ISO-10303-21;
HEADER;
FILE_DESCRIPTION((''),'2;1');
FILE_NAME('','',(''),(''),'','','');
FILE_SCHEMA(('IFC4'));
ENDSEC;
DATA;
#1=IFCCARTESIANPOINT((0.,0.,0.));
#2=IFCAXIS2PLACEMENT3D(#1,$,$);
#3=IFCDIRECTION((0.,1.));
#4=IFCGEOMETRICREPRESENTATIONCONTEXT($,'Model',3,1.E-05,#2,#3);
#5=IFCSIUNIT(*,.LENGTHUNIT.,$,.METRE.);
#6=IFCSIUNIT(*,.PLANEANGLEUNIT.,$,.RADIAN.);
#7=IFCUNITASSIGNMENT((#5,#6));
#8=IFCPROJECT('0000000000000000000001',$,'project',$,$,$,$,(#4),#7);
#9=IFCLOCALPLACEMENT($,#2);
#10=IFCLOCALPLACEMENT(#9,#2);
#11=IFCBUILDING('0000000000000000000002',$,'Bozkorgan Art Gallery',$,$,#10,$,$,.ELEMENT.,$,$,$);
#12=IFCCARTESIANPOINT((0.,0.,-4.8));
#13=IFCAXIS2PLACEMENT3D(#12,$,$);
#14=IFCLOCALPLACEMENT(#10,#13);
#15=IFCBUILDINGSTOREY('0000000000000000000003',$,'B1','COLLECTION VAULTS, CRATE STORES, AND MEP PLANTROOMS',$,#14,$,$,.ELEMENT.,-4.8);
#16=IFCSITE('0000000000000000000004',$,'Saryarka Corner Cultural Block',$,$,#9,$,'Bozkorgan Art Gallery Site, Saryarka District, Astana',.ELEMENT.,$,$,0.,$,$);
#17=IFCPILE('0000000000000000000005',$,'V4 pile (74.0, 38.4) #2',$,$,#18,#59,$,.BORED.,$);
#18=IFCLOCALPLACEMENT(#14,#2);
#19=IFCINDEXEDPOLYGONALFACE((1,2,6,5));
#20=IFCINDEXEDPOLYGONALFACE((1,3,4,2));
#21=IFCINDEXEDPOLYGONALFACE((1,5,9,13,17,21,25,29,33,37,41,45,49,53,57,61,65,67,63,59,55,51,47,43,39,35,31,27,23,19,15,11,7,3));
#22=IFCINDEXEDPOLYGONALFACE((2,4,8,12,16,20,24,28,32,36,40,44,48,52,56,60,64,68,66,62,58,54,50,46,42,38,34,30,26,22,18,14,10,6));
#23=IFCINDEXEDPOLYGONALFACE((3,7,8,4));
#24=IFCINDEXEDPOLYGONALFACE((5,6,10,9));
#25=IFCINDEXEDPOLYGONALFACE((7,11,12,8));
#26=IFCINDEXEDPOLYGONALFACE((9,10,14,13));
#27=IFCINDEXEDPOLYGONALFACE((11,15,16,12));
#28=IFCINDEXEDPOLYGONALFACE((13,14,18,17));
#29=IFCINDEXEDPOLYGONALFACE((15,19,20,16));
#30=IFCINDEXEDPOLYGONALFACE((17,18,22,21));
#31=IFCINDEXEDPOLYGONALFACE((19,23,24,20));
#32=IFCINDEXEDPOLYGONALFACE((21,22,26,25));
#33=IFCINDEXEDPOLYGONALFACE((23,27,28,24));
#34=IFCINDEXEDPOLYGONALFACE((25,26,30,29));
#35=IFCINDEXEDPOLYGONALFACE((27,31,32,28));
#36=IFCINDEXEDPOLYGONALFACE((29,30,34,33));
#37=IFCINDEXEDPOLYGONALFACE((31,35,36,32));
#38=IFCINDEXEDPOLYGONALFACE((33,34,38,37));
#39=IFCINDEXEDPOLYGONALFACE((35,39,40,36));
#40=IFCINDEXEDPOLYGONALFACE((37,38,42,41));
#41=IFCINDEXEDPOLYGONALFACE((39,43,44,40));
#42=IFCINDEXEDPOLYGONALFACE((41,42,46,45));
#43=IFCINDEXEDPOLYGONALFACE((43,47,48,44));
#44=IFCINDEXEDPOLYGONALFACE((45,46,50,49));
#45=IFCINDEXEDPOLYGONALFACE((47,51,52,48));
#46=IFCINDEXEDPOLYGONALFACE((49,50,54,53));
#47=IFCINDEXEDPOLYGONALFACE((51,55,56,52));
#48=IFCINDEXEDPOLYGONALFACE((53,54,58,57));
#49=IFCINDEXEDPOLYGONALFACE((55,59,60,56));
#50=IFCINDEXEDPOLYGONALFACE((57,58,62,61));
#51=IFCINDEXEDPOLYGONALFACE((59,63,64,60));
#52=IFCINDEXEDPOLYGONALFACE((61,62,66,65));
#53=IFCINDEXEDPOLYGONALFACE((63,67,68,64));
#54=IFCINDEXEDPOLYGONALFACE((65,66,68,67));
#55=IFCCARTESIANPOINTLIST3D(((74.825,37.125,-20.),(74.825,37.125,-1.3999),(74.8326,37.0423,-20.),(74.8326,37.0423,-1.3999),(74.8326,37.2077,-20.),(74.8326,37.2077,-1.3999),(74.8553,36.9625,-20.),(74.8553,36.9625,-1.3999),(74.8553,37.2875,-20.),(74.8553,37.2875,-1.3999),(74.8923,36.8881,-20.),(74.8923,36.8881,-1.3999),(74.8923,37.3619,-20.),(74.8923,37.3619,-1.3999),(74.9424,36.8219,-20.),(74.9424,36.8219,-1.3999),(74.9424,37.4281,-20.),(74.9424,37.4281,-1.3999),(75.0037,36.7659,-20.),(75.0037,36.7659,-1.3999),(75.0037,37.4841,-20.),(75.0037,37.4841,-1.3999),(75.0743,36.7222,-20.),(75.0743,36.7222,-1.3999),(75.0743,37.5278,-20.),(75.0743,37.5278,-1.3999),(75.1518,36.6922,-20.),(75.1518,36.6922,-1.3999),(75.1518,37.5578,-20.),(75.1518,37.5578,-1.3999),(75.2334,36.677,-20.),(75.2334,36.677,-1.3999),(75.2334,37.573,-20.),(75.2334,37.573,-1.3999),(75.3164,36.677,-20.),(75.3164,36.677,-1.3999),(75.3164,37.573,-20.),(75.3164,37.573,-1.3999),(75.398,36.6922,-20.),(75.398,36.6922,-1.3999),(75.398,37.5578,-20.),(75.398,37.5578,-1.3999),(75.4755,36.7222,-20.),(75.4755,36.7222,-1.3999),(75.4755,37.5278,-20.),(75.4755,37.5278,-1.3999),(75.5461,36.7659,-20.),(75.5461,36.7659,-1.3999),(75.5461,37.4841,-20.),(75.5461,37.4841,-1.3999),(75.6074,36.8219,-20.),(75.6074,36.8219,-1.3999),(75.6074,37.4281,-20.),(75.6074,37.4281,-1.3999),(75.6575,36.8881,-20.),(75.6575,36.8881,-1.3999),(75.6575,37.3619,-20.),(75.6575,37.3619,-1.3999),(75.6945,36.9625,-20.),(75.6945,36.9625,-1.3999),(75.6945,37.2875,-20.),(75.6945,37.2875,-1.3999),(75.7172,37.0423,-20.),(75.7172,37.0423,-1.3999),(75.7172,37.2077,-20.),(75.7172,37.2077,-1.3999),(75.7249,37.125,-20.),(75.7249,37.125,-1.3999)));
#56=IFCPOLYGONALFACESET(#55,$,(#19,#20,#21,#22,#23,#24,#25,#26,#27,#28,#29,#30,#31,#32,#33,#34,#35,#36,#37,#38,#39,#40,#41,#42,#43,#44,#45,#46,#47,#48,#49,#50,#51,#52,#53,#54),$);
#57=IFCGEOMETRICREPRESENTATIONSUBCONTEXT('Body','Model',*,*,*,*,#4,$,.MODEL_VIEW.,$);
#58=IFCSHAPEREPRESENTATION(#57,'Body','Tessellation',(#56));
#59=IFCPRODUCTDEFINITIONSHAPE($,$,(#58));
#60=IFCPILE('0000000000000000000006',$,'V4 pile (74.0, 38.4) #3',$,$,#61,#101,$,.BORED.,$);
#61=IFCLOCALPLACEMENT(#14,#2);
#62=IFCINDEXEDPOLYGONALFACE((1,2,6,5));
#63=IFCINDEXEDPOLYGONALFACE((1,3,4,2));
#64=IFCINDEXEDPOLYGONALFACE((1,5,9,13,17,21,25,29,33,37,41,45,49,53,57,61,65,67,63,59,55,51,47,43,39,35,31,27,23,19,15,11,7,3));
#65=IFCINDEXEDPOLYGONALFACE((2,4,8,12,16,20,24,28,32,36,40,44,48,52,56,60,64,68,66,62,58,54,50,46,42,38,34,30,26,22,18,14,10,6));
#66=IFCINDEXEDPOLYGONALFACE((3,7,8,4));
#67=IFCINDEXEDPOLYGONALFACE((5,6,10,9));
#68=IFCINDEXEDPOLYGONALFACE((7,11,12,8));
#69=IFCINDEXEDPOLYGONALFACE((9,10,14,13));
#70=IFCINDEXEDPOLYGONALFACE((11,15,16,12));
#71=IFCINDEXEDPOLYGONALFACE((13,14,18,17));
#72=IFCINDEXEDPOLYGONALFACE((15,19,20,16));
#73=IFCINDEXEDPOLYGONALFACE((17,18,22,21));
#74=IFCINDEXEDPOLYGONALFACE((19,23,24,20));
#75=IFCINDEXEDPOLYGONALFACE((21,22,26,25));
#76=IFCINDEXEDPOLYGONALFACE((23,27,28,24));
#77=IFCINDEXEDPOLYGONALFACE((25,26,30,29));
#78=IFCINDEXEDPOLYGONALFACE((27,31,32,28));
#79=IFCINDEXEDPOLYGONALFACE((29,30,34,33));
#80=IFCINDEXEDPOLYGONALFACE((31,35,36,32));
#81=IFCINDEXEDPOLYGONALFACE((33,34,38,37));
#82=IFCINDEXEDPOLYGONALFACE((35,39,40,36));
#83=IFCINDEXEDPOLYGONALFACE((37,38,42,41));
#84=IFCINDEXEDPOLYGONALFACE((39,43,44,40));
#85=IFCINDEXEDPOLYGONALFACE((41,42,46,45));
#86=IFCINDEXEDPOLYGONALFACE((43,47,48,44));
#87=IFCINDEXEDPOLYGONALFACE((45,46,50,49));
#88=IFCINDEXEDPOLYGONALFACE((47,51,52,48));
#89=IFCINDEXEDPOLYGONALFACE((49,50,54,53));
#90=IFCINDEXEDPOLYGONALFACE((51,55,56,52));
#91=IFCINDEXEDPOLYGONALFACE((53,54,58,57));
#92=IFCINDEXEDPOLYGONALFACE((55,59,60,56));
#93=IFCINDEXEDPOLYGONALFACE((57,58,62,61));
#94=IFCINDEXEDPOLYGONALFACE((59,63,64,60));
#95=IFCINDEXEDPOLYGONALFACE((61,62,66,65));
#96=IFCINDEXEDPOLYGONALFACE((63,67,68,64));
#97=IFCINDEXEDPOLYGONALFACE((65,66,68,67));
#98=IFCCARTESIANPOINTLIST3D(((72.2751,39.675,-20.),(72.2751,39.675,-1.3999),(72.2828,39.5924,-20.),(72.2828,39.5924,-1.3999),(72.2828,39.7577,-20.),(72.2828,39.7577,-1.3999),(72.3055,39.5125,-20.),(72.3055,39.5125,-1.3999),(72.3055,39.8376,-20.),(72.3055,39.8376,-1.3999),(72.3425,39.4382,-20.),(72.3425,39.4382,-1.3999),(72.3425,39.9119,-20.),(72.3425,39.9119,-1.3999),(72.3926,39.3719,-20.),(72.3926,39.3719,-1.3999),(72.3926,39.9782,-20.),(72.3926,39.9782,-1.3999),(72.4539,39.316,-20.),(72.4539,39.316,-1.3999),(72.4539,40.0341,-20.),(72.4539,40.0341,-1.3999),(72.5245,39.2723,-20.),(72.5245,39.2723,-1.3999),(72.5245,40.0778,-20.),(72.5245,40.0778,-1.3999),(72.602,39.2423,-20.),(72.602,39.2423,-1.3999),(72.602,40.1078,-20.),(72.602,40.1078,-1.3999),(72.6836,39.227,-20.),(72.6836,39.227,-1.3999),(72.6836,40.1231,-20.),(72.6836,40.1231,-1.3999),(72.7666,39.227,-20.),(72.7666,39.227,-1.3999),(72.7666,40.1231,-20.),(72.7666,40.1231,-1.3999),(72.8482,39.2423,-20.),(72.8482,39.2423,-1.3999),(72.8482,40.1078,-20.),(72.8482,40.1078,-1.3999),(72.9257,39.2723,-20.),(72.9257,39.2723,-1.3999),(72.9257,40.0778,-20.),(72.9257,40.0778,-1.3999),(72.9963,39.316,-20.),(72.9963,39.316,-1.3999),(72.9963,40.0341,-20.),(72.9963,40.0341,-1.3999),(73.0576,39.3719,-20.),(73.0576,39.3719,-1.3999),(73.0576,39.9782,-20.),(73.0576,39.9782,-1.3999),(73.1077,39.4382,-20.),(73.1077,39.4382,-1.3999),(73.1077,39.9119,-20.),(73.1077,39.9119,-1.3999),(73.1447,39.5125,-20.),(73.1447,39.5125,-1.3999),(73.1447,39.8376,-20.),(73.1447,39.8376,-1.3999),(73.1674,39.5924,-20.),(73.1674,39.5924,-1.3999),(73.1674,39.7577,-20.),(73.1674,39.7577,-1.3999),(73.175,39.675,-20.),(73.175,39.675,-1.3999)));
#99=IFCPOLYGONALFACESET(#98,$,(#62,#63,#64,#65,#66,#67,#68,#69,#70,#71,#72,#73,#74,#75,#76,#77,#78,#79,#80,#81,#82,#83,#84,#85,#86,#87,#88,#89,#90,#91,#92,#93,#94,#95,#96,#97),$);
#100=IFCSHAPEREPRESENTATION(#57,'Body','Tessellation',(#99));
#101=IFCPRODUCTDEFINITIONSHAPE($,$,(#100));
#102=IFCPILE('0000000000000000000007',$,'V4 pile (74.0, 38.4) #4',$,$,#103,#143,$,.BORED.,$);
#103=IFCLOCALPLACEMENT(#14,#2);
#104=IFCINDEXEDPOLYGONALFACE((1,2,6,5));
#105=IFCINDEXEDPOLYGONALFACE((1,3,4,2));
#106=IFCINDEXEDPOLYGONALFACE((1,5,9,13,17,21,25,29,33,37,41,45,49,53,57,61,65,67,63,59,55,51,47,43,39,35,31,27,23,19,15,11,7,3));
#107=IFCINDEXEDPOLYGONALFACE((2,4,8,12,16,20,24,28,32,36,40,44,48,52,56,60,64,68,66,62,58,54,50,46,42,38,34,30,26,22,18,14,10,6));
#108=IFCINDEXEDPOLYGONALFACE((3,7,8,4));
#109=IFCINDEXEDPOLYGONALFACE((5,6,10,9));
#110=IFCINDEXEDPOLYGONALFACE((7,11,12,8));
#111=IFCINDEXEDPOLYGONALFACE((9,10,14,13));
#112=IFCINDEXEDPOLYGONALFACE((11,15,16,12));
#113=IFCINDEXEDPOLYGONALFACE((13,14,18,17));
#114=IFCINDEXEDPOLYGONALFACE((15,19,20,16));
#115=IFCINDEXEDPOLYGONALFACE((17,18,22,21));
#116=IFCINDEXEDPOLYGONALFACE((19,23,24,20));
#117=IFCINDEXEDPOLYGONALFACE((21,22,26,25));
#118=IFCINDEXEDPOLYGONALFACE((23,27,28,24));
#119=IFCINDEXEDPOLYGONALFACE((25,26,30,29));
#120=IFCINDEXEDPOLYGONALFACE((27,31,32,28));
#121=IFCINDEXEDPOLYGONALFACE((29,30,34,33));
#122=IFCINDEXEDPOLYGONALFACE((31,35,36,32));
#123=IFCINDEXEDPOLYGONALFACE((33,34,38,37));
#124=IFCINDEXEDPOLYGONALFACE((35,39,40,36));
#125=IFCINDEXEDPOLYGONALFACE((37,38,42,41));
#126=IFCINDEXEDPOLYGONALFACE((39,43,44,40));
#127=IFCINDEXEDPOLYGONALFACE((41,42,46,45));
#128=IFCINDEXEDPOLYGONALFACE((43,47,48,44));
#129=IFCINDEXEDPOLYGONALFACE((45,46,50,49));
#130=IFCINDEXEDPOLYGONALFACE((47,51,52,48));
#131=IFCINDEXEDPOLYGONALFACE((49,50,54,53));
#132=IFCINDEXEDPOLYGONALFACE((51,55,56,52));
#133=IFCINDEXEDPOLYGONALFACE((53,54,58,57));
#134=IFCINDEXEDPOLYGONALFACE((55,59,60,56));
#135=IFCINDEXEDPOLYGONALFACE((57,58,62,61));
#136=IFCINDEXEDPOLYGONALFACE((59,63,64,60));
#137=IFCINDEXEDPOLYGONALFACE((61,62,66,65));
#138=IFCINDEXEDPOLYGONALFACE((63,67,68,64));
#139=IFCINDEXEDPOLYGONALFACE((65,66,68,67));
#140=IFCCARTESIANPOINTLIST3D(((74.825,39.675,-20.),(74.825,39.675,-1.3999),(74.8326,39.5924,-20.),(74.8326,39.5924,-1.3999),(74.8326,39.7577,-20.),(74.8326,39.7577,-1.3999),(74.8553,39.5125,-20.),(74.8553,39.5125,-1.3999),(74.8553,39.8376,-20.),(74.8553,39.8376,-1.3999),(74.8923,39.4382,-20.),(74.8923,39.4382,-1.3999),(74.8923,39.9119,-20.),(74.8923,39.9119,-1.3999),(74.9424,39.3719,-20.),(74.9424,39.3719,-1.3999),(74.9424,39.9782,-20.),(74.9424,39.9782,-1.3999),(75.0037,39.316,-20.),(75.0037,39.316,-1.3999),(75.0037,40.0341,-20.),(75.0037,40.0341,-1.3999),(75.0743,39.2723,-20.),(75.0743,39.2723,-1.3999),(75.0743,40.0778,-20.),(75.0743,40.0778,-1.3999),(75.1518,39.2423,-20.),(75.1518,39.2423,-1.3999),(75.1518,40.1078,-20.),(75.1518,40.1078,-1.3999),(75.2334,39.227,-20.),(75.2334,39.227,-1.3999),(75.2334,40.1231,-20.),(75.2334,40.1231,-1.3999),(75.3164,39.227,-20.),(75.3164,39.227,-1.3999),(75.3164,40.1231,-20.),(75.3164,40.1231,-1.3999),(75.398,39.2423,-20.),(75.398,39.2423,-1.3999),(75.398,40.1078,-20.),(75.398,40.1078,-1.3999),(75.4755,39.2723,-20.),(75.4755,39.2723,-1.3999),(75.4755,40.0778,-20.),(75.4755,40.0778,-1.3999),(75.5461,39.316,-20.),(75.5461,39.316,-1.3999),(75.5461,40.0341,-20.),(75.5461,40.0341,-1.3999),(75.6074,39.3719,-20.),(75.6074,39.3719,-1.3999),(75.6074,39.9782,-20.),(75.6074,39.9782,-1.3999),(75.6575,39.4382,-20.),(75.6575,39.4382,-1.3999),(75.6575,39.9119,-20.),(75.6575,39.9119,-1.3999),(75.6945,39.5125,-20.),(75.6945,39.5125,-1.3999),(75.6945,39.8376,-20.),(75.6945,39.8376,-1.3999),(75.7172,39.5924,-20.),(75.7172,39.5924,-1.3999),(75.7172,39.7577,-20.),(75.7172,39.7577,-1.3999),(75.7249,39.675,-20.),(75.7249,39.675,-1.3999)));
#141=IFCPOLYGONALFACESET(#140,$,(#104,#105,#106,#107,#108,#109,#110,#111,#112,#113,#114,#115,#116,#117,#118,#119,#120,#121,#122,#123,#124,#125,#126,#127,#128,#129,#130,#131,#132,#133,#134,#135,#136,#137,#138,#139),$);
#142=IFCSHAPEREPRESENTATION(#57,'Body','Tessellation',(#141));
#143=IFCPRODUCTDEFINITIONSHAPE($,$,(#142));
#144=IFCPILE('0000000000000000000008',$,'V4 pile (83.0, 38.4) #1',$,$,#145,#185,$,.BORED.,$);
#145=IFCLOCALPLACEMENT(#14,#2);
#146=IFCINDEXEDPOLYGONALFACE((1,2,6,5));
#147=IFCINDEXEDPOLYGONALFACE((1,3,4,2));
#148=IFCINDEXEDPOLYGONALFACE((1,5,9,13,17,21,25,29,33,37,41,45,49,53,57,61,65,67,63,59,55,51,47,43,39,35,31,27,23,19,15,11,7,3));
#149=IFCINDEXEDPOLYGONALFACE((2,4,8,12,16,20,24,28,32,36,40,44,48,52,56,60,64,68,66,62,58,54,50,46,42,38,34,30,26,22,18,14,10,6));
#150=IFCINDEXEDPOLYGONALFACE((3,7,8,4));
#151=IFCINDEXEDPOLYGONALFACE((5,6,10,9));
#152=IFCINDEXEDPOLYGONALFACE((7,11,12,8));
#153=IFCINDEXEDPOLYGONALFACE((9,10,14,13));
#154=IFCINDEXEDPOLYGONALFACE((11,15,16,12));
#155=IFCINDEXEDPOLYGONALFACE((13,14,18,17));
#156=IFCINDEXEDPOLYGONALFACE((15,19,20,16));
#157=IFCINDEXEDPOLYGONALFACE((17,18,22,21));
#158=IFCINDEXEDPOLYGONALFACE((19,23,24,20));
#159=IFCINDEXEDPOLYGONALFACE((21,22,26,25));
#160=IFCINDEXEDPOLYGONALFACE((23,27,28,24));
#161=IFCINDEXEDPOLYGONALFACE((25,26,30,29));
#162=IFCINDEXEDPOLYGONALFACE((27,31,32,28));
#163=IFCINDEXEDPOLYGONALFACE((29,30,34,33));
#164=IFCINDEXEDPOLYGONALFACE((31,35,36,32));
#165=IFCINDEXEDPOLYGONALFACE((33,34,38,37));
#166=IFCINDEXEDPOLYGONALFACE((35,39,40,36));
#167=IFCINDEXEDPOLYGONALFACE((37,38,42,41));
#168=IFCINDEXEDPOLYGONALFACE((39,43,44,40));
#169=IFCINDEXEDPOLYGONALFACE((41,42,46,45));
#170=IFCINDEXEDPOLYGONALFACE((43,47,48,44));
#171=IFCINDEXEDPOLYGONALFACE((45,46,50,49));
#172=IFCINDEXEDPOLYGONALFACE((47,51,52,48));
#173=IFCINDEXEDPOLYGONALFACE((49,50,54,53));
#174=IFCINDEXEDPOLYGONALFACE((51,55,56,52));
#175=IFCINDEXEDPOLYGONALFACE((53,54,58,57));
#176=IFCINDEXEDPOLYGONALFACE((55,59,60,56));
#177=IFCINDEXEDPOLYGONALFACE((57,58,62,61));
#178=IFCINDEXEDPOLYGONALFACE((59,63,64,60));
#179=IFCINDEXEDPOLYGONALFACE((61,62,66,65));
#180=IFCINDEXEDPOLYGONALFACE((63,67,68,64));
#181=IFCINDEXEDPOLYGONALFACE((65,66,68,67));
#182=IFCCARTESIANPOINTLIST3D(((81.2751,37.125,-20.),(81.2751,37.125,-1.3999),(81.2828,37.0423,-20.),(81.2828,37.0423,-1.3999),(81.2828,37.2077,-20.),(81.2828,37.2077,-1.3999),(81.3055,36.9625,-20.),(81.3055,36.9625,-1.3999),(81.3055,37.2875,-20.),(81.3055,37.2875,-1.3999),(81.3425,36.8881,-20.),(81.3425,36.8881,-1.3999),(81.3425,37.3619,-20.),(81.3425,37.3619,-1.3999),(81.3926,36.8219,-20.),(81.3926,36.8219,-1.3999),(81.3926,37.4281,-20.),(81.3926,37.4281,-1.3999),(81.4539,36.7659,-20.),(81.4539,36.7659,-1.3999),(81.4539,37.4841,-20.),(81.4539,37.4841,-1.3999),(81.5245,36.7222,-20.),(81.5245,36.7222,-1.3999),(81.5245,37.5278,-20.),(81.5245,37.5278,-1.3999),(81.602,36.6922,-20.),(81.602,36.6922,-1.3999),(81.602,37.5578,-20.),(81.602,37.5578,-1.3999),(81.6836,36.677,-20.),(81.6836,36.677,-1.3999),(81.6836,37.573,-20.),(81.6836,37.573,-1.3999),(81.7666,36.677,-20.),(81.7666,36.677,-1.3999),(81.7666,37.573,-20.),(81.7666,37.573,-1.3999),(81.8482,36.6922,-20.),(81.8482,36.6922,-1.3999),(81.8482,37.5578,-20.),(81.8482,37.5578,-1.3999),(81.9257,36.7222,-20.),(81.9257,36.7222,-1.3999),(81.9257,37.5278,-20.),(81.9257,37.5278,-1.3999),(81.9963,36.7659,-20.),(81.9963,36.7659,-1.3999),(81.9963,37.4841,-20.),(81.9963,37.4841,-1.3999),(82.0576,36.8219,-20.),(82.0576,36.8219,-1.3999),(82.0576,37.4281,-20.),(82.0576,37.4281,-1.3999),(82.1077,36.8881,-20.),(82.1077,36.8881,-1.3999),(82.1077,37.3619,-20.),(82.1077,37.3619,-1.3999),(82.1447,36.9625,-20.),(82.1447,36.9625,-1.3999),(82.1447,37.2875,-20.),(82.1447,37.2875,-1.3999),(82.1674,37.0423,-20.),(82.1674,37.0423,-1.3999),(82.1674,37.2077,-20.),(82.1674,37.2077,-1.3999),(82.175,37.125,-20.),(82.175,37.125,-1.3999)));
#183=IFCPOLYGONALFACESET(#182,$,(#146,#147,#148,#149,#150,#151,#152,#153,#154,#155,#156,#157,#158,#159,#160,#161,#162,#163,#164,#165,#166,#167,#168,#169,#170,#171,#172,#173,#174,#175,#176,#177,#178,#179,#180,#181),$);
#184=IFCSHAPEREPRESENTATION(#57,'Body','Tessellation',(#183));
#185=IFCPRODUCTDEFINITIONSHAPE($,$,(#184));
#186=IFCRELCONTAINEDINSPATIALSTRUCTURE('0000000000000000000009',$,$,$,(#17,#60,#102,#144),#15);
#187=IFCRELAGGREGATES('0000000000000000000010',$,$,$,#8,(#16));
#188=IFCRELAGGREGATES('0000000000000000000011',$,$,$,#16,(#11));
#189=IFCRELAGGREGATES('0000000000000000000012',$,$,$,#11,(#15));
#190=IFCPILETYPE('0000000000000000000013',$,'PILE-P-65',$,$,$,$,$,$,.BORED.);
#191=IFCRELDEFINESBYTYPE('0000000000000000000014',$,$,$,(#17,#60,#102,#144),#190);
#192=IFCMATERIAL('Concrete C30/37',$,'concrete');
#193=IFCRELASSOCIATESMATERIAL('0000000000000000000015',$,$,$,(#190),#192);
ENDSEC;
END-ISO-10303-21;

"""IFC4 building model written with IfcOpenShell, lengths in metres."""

from ifc_helpers import new_model, si_unit, direction, frame, origin, origin_2d, place, context, subcontext, project, spatial, circle, extrude, material, material_profile, profile_set, type_object, element, save


model = new_model("IFC4")

# Units and contexts
model_context = context("Model", 3, precision=1e-05, world=origin(), true_north=direction((0.0, 1.0)))
body_context = subcontext(model_context, "Body", "Model", "MODEL_VIEW")
ifc_project = project(units=[si_unit("LENGTHUNIT", "METRE"), si_unit("PLANEANGLEUNIT", "RADIAN")], contexts=[model_context])

# Site, building, storey
site_placement = place(None, origin())
site = spatial("IfcSite", under=ifc_project, at=site_placement, Name="Saryarka Corner Cultural Block", LongName="Bozkorgan Art Gallery Site, Saryarka District, Astana", CompositionType="ELEMENT", RefElevation=0.0)
building_placement = place(site_placement, origin())
building = spatial("IfcBuilding", under=site, at=building_placement, Name="Bozkorgan Art Gallery", CompositionType="ELEMENT")
storey_placement = place(building_placement, frame((0.0, 0.0, -4.8)))
storey = spatial("IfcBuildingStorey", under=building, at=storey_placement, Name="B1", Description="COLLECTION VAULTS, CRATE STORES, AND MEP PLANTROOMS", CompositionType="ELEMENT", Elevation=-4.8)

# Shared definitions
ifc_material_1 = material(Name="Concrete C30/37", Category="concrete")

# Piles
ifc_material_profile_1 = material_profile(ifc_material_1, circle(Radius=0.45, at=origin_2d()), Name="PILE D900")
ifc_profile_set_1 = profile_set([ifc_material_profile_1], Name="Concrete C30/37")
pile_type_1 = type_object("IfcPileType", Name="PILE-P-65", PredefinedType="BORED", material=ifc_profile_set_1)
for number, where, z_axis, x_axis, name in (
    (1, (75.2749, 37.125, -1.3999), (0.0, 0.0, -1.0), (1.0, 0.0, 0.0), "V4 pile (74.0, 38.4) #2"),
    (2, (72.7251, 39.675, -1.3999), (0.0, 0.0, -1.0), (1.0, 0.0, 0.0), "V4 pile (74.0, 38.4) #3"),
    (3, (75.2749, 39.675, -1.3999), (0.0, 0.0, -1.0), (1.0, 0.0, 0.0), "V4 pile (74.0, 38.4) #4"),
    (4, (81.7251, 37.125, -1.3999), (0.0, 0.0, -1.0), (1.0, 0.0, 0.0), "V4 pile (83.0, 38.4) #1"),
):
    element("IfcPile", number, at=place(storey_placement, frame(where, z_axis=z_axis, x_axis=x_axis)), inside=storey, type_object=pile_type_1, Name=name, PredefinedType="BORED", context=body_context, shape_type="SweptSolid", body=[
        extrude(circle(Radius=0.45, at=origin_2d()), origin(), (0.0, 0.0, 1.0), 18.6001),
    ])

save(model, "model.ifc")
